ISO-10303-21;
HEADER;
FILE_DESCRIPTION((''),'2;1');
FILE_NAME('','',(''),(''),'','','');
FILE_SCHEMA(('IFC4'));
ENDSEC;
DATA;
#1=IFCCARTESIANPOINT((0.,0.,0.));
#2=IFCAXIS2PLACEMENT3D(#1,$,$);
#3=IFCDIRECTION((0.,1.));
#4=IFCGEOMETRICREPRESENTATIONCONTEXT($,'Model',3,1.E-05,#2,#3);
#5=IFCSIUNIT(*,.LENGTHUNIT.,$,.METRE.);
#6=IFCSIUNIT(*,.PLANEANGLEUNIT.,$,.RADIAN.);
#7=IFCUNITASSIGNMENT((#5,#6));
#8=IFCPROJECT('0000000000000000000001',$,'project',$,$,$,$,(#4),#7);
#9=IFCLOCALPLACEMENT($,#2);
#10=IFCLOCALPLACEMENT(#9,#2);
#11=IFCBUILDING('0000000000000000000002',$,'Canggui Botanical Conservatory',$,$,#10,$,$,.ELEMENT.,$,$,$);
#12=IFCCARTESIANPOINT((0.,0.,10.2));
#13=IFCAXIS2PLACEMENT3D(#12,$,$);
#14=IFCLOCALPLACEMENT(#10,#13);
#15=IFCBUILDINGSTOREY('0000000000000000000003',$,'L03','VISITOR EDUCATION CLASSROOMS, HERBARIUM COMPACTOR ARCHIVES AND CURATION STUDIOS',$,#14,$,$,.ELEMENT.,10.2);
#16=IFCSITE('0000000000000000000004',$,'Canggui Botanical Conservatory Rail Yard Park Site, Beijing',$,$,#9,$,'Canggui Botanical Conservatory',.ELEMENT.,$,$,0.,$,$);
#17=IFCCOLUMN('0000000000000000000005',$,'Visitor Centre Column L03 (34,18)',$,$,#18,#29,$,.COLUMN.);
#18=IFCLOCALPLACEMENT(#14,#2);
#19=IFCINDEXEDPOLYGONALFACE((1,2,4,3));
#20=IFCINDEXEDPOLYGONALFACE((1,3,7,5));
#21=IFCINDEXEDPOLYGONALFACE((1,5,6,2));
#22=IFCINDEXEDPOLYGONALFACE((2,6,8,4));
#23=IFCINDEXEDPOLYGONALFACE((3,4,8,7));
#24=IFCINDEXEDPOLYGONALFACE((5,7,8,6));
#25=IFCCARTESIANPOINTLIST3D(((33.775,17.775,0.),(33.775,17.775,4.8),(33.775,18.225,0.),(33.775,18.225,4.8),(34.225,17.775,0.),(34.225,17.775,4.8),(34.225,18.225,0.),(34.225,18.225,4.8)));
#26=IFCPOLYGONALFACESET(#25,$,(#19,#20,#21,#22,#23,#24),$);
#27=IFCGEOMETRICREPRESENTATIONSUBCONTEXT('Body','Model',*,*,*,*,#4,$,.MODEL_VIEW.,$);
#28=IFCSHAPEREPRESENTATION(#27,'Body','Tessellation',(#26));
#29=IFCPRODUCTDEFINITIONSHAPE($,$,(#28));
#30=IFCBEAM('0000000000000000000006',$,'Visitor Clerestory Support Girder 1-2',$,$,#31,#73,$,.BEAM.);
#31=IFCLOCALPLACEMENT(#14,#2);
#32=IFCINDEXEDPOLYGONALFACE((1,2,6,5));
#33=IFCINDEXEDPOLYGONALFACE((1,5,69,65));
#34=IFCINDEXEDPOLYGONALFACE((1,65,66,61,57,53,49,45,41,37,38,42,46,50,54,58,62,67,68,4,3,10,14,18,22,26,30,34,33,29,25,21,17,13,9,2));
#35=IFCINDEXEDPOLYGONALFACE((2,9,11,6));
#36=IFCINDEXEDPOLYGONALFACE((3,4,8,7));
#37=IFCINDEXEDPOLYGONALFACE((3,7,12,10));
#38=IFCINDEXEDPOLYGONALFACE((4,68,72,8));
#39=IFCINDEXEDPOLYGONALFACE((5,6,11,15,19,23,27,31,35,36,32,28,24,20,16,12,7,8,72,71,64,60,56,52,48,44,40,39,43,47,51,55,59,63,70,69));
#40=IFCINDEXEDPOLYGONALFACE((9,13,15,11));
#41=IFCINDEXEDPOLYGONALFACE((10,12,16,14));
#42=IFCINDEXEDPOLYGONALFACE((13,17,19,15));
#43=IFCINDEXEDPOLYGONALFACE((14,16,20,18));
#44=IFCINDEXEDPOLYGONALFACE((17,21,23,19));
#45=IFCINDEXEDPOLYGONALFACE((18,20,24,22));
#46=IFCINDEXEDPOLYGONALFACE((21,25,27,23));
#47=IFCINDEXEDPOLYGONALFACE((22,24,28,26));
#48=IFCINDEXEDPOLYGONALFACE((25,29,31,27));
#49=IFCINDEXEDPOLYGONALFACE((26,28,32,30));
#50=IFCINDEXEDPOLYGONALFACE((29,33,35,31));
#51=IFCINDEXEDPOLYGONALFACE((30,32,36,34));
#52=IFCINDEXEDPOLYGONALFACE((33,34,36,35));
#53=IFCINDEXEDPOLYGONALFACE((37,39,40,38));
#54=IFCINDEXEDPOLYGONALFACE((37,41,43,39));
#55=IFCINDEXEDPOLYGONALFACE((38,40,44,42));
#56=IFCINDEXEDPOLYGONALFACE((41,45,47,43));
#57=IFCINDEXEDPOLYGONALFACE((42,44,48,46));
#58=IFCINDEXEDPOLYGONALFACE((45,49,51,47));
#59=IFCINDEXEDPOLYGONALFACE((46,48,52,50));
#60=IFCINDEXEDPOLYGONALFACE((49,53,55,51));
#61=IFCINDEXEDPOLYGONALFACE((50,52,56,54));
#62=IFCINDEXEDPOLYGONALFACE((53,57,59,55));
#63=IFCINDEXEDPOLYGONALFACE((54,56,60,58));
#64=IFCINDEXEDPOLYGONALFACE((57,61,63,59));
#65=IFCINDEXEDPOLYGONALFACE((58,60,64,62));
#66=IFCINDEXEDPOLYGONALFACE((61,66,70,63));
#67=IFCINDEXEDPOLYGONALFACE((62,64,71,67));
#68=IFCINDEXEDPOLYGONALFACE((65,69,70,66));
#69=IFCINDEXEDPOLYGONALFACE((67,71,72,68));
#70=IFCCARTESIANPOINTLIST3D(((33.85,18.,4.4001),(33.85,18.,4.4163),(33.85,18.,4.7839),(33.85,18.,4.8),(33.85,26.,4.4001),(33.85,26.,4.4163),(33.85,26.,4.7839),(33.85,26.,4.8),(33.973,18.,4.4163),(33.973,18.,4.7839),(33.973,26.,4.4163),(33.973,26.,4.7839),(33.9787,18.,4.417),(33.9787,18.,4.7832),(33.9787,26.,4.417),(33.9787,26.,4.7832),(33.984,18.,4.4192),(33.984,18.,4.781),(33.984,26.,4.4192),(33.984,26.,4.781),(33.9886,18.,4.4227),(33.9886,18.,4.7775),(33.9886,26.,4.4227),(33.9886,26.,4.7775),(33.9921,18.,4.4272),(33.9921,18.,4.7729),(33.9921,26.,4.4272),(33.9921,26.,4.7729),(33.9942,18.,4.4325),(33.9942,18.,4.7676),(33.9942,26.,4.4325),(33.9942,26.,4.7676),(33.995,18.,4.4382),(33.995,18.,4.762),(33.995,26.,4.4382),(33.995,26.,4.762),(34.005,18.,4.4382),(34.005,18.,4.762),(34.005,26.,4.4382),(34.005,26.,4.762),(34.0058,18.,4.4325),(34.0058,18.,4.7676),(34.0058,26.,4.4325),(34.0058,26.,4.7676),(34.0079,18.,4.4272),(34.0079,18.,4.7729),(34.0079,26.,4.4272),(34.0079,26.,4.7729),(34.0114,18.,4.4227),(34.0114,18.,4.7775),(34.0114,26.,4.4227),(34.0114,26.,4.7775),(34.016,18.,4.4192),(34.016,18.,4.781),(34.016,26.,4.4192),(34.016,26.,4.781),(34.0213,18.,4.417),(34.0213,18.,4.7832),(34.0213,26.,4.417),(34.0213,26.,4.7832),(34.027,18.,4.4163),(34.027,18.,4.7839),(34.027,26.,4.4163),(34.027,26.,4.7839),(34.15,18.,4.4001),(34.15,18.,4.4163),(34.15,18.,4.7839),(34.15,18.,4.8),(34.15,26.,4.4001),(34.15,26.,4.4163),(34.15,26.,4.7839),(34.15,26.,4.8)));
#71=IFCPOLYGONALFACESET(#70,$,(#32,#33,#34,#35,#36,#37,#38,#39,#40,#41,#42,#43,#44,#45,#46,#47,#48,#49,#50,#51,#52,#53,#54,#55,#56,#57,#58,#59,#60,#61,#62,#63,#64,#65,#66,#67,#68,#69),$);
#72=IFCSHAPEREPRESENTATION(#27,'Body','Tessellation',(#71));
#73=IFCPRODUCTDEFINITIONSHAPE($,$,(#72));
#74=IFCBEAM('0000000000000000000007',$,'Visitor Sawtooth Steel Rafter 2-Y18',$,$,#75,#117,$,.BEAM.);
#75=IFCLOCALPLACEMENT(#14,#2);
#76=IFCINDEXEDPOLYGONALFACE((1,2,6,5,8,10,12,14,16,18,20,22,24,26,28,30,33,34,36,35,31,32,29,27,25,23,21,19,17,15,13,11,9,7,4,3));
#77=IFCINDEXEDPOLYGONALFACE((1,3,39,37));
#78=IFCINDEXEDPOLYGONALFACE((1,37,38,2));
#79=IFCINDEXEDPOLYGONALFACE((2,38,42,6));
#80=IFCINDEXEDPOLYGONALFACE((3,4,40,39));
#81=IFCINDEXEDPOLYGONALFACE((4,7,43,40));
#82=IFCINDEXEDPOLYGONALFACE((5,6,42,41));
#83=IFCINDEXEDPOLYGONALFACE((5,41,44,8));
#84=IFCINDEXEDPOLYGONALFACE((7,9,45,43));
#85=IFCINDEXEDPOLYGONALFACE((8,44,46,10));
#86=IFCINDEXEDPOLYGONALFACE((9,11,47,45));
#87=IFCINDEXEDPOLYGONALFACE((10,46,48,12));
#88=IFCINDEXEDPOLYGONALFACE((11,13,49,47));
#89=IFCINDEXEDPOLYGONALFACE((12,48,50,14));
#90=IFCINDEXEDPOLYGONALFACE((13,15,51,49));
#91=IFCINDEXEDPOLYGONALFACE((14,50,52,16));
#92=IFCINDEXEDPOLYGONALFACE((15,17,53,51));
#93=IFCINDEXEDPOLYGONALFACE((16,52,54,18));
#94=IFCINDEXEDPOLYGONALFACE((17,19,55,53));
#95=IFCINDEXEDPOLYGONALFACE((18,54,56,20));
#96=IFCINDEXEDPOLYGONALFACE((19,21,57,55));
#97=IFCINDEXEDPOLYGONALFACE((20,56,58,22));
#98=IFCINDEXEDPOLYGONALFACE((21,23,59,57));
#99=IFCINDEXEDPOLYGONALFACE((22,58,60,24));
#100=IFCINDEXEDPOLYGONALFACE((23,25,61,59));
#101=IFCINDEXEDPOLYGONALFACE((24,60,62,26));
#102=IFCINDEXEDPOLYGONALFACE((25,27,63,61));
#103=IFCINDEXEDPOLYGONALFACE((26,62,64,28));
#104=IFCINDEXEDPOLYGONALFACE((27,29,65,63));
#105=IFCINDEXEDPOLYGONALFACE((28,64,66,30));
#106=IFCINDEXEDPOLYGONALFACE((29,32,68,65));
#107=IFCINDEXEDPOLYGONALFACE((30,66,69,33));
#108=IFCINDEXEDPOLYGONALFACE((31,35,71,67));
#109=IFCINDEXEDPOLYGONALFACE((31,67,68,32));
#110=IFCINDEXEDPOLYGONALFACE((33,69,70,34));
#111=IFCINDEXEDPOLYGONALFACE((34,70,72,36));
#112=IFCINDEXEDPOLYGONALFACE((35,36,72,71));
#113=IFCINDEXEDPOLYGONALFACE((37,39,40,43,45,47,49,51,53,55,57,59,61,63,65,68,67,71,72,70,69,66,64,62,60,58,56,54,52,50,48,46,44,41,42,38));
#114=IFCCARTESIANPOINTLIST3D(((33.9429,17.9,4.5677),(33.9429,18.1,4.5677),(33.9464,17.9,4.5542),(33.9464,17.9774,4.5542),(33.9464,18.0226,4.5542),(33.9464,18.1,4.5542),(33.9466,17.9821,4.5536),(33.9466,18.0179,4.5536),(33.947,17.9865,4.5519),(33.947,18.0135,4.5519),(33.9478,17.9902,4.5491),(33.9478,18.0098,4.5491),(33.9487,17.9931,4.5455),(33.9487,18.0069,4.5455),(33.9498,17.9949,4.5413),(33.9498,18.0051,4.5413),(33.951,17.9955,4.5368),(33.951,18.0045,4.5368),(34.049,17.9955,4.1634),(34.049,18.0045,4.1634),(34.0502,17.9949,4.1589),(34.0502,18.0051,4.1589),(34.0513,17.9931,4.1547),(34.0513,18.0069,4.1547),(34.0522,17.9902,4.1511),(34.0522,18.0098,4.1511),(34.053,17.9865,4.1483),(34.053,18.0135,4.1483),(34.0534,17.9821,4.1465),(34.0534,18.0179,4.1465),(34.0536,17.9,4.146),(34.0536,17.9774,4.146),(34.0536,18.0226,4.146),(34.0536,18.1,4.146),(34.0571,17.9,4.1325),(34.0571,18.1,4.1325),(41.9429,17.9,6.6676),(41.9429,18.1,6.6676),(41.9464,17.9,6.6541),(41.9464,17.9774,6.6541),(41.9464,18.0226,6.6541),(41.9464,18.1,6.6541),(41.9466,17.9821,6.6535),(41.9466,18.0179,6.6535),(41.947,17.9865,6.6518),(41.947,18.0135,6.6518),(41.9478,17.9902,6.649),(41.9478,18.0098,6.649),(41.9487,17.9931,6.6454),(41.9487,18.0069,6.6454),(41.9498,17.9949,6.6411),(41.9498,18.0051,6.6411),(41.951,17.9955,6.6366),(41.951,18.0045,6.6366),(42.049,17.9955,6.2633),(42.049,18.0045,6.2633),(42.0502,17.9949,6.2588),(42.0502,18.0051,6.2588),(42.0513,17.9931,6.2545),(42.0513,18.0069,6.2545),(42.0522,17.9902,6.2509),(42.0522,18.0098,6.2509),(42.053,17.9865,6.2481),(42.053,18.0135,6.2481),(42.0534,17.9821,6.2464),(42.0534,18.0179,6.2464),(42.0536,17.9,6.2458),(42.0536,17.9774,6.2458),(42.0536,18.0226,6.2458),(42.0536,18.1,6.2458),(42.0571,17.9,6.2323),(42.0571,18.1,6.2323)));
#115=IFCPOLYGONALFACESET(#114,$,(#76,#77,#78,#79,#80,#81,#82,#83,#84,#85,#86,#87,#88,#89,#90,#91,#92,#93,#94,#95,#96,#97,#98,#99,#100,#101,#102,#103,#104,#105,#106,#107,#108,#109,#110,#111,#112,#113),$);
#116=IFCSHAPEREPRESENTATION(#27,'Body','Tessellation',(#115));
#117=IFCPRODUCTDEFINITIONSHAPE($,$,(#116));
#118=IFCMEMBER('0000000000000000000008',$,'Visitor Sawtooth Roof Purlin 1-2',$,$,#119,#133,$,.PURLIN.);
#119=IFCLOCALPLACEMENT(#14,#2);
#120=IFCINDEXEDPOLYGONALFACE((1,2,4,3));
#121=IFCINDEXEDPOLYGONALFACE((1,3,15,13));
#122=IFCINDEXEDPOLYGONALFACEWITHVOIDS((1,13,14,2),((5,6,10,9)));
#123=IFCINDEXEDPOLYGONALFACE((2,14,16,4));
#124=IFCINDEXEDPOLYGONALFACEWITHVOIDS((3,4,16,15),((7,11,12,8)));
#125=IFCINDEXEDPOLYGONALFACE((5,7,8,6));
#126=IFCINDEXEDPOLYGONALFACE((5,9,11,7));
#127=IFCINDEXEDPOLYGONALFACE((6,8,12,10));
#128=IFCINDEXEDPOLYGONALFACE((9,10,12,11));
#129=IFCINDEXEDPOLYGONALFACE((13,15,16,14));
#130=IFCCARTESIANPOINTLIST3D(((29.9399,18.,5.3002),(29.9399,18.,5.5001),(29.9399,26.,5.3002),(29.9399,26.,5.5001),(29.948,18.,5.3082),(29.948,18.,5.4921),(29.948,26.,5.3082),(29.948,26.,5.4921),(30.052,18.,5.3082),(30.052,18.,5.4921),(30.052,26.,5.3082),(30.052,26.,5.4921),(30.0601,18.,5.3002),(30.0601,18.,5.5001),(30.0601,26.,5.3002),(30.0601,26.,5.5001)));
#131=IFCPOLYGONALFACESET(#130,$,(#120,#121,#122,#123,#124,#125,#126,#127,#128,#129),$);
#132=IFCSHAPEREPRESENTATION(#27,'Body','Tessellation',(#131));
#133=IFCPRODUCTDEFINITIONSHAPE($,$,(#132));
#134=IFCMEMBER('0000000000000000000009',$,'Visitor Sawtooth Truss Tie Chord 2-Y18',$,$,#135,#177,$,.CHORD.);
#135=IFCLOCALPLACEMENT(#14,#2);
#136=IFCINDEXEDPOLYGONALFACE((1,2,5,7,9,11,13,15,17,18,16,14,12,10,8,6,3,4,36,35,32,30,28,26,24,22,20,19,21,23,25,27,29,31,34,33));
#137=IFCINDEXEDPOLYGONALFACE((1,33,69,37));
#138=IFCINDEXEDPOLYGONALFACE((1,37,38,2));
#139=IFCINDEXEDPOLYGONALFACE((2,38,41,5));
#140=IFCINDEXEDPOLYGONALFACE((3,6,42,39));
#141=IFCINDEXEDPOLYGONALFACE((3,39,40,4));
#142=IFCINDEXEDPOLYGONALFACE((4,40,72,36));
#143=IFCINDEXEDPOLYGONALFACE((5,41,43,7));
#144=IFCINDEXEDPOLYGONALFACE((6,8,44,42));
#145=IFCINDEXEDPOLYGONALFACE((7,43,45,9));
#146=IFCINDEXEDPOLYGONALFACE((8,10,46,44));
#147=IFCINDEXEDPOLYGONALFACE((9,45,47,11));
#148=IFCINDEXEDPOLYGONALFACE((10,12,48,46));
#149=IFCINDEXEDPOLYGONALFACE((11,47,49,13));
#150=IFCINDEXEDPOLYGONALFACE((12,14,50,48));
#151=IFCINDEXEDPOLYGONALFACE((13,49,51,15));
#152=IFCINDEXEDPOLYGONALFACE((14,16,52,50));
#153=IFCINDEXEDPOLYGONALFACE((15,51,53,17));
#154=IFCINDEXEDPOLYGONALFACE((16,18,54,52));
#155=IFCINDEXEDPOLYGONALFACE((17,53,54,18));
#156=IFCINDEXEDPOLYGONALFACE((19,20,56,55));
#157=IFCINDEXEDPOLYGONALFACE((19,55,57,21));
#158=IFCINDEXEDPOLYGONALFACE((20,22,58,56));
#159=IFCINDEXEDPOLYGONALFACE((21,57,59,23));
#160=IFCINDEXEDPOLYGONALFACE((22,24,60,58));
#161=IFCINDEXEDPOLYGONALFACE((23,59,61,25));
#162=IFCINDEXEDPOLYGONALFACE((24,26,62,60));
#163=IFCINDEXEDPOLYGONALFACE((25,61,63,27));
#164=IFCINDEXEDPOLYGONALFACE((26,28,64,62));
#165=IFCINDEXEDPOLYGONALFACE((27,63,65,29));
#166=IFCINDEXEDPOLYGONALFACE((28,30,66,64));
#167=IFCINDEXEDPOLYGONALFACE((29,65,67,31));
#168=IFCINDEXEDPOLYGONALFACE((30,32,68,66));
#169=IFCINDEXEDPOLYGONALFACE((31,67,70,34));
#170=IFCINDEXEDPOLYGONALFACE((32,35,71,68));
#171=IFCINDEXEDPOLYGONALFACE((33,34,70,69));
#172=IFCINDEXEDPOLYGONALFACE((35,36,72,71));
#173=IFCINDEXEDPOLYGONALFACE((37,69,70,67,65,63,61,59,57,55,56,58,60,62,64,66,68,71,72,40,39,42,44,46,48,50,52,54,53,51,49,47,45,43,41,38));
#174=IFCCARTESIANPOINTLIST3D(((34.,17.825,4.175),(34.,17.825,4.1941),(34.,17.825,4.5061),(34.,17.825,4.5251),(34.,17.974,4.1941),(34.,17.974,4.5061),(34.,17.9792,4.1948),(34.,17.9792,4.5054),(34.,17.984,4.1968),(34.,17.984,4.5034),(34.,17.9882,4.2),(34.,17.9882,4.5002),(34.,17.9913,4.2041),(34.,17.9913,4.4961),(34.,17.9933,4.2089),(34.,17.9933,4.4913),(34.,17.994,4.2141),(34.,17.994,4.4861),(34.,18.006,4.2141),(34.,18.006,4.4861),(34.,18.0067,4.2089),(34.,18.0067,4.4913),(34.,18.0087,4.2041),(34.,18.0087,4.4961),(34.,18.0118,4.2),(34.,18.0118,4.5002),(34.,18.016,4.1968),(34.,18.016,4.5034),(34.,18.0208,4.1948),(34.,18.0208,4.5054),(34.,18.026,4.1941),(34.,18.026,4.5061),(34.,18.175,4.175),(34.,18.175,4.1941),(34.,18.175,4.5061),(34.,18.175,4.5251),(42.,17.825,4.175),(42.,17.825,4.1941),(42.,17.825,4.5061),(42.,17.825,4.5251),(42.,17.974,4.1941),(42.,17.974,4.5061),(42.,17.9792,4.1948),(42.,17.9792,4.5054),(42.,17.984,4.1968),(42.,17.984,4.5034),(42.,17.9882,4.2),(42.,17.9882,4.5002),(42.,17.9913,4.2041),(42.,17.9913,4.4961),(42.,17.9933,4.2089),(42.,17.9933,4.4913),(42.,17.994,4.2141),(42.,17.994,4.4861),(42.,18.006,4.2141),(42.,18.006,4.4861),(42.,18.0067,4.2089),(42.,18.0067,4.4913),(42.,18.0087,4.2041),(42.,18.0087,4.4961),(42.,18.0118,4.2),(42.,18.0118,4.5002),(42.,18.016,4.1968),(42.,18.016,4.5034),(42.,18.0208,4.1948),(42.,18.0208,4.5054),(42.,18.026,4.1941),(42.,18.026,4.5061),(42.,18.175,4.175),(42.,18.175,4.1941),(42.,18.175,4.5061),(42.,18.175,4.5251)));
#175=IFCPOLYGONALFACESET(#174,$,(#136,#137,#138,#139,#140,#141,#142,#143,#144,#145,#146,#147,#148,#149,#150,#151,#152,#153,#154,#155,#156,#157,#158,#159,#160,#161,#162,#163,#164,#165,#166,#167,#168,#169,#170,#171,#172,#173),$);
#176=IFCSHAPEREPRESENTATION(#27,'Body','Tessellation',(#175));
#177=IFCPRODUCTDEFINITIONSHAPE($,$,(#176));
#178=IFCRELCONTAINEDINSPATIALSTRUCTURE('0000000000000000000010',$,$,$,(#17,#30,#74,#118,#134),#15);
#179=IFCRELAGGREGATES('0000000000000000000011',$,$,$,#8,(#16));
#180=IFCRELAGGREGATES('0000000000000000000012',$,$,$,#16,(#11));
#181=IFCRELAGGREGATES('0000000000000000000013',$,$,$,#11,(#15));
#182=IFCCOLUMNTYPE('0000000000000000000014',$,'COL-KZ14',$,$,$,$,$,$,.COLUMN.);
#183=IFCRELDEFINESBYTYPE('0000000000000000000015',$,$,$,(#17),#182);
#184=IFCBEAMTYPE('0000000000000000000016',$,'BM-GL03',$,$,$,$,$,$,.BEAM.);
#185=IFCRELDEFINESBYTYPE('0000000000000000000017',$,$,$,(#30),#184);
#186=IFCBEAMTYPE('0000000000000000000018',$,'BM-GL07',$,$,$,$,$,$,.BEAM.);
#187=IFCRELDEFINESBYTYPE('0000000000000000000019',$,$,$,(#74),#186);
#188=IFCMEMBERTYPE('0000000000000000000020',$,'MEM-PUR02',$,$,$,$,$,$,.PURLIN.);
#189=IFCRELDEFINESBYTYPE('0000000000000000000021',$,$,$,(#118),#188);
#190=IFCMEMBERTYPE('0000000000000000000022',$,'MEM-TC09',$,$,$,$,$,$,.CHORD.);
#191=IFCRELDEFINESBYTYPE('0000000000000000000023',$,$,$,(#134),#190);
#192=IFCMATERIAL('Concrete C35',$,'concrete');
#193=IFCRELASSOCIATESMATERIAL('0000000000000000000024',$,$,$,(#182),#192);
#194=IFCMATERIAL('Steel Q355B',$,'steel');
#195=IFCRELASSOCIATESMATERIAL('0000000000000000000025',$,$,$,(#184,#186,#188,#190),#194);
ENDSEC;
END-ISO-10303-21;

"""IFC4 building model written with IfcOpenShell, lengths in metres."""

from ifc_helpers import new_model, si_unit, direction, frame, origin, origin_2d, place, context, subcontext, project, spatial, rectangle, hollow_rectangle, i_section, extrude, material, material_profile, profile_set, type_object, element, save


model = new_model("IFC4")

# Units and contexts
model_context = context("Model", 3, precision=1e-05, world=origin(), true_north=direction((0.0, 1.0)))
body_context = subcontext(model_context, "Body", "Model", "MODEL_VIEW")
ifc_project = project(units=[si_unit("LENGTHUNIT", "METRE"), si_unit("PLANEANGLEUNIT", "RADIAN")], contexts=[model_context])

# Site, building, storey
site_placement = place(None, origin())
site = spatial("IfcSite", under=ifc_project, at=site_placement, Name="Canggui Botanical Conservatory Rail Yard Park Site, Beijing", LongName="Canggui Botanical Conservatory", CompositionType="ELEMENT", RefElevation=0.0)
building_placement = place(site_placement, origin())
building = spatial("IfcBuilding", under=site, at=building_placement, Name="Canggui Botanical Conservatory", CompositionType="ELEMENT")
storey_placement = place(building_placement, frame((0.0, 0.0, 10.2)))
storey = spatial("IfcBuildingStorey", under=building, at=storey_placement, Name="L03", Description="VISITOR EDUCATION CLASSROOMS, HERBARIUM COMPACTOR ARCHIVES AND CURATION STUDIOS", CompositionType="ELEMENT", Elevation=10.2)

# Column
ifc_material_1 = material(Name="Concrete C35", Category="concrete")
ifc_material_profile_1 = material_profile(ifc_material_1, rectangle(XDim=0.45, YDim=0.45, at=origin_2d()), Name="RC 450x450")
ifc_profile_set_1 = profile_set([ifc_material_profile_1], Name="Concrete C35")
column_type = type_object("IfcColumnType", Name="COL-KZ14", PredefinedType="COLUMN", material=ifc_profile_set_1)
column_placement = place(storey_placement, frame((34.0, 18.0, 0.0), z_axis=(0.0, 0.0, 1.0), x_axis=(1.0, 0.0, 0.0)))
element("IfcColumn", 1, at=column_placement, inside=storey, type_object=column_type, Name="Visitor Centre Column L03 (34,18)", PredefinedType="COLUMN", context=body_context, shape_type="SweptSolid", body=[
    extrude(rectangle(XDim=0.45, YDim=0.45, at=origin_2d()), origin(), (0.0, 0.0, 1.0), 4.8),
])

# Beams
ifc_material_2 = material(Name="Steel Q355B", Category="steel")
ifc_material_profile_2 = material_profile(ifc_material_2, i_section(OverallWidth=0.3, OverallDepth=0.3999, WebThickness=0.01, FlangeThickness=0.0161, FilletRadius=0.022, at=origin_2d()), Name="HM 400x300x10x16")
ifc_profile_set_2 = profile_set([ifc_material_profile_2], Name="Steel Q355B")
beam_type_1 = type_object("IfcBeamType", Name="BM-GL03", PredefinedType="BEAM", material=ifc_profile_set_2)
beam_1_placement = place(storey_placement, frame((34.0, 18.0, 4.6001), z_axis=(0.0, 1.0, 0.0), x_axis=(-1.0, 0.0, 0.0)))
element("IfcBeam", 2, at=beam_1_placement, inside=storey, type_object=beam_type_1, Name="Visitor Clerestory Support Girder 1-2", PredefinedType="BEAM", context=body_context, shape_type="SweptSolid", body=[
    extrude(i_section(OverallWidth=0.3, OverallDepth=0.3999, WebThickness=0.01, FlangeThickness=0.0161, FilletRadius=0.022, at=origin_2d()), origin(), (0.0, 0.0, 1.0), 8.0),
])
ifc_material_profile_3 = material_profile(ifc_material_2, i_section(OverallWidth=0.2, OverallDepth=0.45, WebThickness=0.009, FlangeThickness=0.0139, FilletRadius=0.0181, at=origin_2d()), Name="HN 450x200x9x14")
ifc_profile_set_3 = profile_set([ifc_material_profile_3], Name="Steel Q355B")
beam_type_2 = type_object("IfcBeamType", Name="BM-GL07", PredefinedType="BEAM", material=ifc_profile_set_3)
beam_2_placement = place(storey_placement, frame((34.0, 18.0, 4.3501), z_axis=(0.967235, 0.0, 0.253882), x_axis=(0.0, 1.0, 0.0)))
element("IfcBeam", 3, at=beam_2_placement, inside=storey, type_object=beam_type_2, Name="Visitor Sawtooth Steel Rafter 2-Y18", PredefinedType="BEAM", context=body_context, shape_type="SweptSolid", body=[
    extrude(i_section(OverallWidth=0.2, OverallDepth=0.45, WebThickness=0.009, FlangeThickness=0.0139, FilletRadius=0.0181, at=origin_2d()), origin(), (0.0, 0.0, 1.0), 8.271),
])

# Members
ifc_material_profile_4 = material_profile(ifc_material_2, hollow_rectangle(XDim=0.1201, YDim=0.2, WallThickness=0.0081, at=origin_2d()), Name="RHS 120x200x8")
ifc_profile_set_4 = profile_set([ifc_material_profile_4], Name="Steel Q355B")
member_type_1 = type_object("IfcMemberType", Name="MEM-PUR02", PredefinedType="PURLIN", material=ifc_profile_set_4)
member_1_placement = place(storey_placement, frame((30.0, 18.0, 5.4001), z_axis=(0.0, 1.0, 0.0), x_axis=(-1.0, 0.0, 0.0)))
element("IfcMember", 4, at=member_1_placement, inside=storey, type_object=member_type_1, Name="Visitor Sawtooth Roof Purlin 1-2", PredefinedType="PURLIN", context=body_context, shape_type="SweptSolid", body=[
    extrude(hollow_rectangle(XDim=0.1201, YDim=0.2, WallThickness=0.0081, at=origin_2d()), origin(), (0.0, 0.0, 1.0), 8.0),
])
ifc_material_profile_5 = material_profile(ifc_material_2, i_section(OverallWidth=0.3501, OverallDepth=0.3501, WebThickness=0.012, FlangeThickness=0.019, FilletRadius=0.02, at=origin_2d()), Name="HW 350x350x12x19")
ifc_profile_set_5 = profile_set([ifc_material_profile_5], Name="Steel Q355B")
member_type_2 = type_object("IfcMemberType", Name="MEM-TC09", PredefinedType="CHORD", material=ifc_profile_set_5)
member_2_placement = place(storey_placement, frame((34.0, 18.0, 4.3501), z_axis=(1.0, 0.0, 0.0), x_axis=(0.0, 1.0, 0.0)))
element("IfcMember", 5, at=member_2_placement, inside=storey, type_object=member_type_2, Name="Visitor Sawtooth Truss Tie Chord 2-Y18", PredefinedType="CHORD", context=body_context, shape_type="SweptSolid", body=[
    extrude(i_section(OverallWidth=0.3501, OverallDepth=0.3501, WebThickness=0.012, FlangeThickness=0.019, FilletRadius=0.02, at=origin_2d()), origin(), (0.0, 0.0, 1.0), 8.0),
])

save(model, "model.ifc")
